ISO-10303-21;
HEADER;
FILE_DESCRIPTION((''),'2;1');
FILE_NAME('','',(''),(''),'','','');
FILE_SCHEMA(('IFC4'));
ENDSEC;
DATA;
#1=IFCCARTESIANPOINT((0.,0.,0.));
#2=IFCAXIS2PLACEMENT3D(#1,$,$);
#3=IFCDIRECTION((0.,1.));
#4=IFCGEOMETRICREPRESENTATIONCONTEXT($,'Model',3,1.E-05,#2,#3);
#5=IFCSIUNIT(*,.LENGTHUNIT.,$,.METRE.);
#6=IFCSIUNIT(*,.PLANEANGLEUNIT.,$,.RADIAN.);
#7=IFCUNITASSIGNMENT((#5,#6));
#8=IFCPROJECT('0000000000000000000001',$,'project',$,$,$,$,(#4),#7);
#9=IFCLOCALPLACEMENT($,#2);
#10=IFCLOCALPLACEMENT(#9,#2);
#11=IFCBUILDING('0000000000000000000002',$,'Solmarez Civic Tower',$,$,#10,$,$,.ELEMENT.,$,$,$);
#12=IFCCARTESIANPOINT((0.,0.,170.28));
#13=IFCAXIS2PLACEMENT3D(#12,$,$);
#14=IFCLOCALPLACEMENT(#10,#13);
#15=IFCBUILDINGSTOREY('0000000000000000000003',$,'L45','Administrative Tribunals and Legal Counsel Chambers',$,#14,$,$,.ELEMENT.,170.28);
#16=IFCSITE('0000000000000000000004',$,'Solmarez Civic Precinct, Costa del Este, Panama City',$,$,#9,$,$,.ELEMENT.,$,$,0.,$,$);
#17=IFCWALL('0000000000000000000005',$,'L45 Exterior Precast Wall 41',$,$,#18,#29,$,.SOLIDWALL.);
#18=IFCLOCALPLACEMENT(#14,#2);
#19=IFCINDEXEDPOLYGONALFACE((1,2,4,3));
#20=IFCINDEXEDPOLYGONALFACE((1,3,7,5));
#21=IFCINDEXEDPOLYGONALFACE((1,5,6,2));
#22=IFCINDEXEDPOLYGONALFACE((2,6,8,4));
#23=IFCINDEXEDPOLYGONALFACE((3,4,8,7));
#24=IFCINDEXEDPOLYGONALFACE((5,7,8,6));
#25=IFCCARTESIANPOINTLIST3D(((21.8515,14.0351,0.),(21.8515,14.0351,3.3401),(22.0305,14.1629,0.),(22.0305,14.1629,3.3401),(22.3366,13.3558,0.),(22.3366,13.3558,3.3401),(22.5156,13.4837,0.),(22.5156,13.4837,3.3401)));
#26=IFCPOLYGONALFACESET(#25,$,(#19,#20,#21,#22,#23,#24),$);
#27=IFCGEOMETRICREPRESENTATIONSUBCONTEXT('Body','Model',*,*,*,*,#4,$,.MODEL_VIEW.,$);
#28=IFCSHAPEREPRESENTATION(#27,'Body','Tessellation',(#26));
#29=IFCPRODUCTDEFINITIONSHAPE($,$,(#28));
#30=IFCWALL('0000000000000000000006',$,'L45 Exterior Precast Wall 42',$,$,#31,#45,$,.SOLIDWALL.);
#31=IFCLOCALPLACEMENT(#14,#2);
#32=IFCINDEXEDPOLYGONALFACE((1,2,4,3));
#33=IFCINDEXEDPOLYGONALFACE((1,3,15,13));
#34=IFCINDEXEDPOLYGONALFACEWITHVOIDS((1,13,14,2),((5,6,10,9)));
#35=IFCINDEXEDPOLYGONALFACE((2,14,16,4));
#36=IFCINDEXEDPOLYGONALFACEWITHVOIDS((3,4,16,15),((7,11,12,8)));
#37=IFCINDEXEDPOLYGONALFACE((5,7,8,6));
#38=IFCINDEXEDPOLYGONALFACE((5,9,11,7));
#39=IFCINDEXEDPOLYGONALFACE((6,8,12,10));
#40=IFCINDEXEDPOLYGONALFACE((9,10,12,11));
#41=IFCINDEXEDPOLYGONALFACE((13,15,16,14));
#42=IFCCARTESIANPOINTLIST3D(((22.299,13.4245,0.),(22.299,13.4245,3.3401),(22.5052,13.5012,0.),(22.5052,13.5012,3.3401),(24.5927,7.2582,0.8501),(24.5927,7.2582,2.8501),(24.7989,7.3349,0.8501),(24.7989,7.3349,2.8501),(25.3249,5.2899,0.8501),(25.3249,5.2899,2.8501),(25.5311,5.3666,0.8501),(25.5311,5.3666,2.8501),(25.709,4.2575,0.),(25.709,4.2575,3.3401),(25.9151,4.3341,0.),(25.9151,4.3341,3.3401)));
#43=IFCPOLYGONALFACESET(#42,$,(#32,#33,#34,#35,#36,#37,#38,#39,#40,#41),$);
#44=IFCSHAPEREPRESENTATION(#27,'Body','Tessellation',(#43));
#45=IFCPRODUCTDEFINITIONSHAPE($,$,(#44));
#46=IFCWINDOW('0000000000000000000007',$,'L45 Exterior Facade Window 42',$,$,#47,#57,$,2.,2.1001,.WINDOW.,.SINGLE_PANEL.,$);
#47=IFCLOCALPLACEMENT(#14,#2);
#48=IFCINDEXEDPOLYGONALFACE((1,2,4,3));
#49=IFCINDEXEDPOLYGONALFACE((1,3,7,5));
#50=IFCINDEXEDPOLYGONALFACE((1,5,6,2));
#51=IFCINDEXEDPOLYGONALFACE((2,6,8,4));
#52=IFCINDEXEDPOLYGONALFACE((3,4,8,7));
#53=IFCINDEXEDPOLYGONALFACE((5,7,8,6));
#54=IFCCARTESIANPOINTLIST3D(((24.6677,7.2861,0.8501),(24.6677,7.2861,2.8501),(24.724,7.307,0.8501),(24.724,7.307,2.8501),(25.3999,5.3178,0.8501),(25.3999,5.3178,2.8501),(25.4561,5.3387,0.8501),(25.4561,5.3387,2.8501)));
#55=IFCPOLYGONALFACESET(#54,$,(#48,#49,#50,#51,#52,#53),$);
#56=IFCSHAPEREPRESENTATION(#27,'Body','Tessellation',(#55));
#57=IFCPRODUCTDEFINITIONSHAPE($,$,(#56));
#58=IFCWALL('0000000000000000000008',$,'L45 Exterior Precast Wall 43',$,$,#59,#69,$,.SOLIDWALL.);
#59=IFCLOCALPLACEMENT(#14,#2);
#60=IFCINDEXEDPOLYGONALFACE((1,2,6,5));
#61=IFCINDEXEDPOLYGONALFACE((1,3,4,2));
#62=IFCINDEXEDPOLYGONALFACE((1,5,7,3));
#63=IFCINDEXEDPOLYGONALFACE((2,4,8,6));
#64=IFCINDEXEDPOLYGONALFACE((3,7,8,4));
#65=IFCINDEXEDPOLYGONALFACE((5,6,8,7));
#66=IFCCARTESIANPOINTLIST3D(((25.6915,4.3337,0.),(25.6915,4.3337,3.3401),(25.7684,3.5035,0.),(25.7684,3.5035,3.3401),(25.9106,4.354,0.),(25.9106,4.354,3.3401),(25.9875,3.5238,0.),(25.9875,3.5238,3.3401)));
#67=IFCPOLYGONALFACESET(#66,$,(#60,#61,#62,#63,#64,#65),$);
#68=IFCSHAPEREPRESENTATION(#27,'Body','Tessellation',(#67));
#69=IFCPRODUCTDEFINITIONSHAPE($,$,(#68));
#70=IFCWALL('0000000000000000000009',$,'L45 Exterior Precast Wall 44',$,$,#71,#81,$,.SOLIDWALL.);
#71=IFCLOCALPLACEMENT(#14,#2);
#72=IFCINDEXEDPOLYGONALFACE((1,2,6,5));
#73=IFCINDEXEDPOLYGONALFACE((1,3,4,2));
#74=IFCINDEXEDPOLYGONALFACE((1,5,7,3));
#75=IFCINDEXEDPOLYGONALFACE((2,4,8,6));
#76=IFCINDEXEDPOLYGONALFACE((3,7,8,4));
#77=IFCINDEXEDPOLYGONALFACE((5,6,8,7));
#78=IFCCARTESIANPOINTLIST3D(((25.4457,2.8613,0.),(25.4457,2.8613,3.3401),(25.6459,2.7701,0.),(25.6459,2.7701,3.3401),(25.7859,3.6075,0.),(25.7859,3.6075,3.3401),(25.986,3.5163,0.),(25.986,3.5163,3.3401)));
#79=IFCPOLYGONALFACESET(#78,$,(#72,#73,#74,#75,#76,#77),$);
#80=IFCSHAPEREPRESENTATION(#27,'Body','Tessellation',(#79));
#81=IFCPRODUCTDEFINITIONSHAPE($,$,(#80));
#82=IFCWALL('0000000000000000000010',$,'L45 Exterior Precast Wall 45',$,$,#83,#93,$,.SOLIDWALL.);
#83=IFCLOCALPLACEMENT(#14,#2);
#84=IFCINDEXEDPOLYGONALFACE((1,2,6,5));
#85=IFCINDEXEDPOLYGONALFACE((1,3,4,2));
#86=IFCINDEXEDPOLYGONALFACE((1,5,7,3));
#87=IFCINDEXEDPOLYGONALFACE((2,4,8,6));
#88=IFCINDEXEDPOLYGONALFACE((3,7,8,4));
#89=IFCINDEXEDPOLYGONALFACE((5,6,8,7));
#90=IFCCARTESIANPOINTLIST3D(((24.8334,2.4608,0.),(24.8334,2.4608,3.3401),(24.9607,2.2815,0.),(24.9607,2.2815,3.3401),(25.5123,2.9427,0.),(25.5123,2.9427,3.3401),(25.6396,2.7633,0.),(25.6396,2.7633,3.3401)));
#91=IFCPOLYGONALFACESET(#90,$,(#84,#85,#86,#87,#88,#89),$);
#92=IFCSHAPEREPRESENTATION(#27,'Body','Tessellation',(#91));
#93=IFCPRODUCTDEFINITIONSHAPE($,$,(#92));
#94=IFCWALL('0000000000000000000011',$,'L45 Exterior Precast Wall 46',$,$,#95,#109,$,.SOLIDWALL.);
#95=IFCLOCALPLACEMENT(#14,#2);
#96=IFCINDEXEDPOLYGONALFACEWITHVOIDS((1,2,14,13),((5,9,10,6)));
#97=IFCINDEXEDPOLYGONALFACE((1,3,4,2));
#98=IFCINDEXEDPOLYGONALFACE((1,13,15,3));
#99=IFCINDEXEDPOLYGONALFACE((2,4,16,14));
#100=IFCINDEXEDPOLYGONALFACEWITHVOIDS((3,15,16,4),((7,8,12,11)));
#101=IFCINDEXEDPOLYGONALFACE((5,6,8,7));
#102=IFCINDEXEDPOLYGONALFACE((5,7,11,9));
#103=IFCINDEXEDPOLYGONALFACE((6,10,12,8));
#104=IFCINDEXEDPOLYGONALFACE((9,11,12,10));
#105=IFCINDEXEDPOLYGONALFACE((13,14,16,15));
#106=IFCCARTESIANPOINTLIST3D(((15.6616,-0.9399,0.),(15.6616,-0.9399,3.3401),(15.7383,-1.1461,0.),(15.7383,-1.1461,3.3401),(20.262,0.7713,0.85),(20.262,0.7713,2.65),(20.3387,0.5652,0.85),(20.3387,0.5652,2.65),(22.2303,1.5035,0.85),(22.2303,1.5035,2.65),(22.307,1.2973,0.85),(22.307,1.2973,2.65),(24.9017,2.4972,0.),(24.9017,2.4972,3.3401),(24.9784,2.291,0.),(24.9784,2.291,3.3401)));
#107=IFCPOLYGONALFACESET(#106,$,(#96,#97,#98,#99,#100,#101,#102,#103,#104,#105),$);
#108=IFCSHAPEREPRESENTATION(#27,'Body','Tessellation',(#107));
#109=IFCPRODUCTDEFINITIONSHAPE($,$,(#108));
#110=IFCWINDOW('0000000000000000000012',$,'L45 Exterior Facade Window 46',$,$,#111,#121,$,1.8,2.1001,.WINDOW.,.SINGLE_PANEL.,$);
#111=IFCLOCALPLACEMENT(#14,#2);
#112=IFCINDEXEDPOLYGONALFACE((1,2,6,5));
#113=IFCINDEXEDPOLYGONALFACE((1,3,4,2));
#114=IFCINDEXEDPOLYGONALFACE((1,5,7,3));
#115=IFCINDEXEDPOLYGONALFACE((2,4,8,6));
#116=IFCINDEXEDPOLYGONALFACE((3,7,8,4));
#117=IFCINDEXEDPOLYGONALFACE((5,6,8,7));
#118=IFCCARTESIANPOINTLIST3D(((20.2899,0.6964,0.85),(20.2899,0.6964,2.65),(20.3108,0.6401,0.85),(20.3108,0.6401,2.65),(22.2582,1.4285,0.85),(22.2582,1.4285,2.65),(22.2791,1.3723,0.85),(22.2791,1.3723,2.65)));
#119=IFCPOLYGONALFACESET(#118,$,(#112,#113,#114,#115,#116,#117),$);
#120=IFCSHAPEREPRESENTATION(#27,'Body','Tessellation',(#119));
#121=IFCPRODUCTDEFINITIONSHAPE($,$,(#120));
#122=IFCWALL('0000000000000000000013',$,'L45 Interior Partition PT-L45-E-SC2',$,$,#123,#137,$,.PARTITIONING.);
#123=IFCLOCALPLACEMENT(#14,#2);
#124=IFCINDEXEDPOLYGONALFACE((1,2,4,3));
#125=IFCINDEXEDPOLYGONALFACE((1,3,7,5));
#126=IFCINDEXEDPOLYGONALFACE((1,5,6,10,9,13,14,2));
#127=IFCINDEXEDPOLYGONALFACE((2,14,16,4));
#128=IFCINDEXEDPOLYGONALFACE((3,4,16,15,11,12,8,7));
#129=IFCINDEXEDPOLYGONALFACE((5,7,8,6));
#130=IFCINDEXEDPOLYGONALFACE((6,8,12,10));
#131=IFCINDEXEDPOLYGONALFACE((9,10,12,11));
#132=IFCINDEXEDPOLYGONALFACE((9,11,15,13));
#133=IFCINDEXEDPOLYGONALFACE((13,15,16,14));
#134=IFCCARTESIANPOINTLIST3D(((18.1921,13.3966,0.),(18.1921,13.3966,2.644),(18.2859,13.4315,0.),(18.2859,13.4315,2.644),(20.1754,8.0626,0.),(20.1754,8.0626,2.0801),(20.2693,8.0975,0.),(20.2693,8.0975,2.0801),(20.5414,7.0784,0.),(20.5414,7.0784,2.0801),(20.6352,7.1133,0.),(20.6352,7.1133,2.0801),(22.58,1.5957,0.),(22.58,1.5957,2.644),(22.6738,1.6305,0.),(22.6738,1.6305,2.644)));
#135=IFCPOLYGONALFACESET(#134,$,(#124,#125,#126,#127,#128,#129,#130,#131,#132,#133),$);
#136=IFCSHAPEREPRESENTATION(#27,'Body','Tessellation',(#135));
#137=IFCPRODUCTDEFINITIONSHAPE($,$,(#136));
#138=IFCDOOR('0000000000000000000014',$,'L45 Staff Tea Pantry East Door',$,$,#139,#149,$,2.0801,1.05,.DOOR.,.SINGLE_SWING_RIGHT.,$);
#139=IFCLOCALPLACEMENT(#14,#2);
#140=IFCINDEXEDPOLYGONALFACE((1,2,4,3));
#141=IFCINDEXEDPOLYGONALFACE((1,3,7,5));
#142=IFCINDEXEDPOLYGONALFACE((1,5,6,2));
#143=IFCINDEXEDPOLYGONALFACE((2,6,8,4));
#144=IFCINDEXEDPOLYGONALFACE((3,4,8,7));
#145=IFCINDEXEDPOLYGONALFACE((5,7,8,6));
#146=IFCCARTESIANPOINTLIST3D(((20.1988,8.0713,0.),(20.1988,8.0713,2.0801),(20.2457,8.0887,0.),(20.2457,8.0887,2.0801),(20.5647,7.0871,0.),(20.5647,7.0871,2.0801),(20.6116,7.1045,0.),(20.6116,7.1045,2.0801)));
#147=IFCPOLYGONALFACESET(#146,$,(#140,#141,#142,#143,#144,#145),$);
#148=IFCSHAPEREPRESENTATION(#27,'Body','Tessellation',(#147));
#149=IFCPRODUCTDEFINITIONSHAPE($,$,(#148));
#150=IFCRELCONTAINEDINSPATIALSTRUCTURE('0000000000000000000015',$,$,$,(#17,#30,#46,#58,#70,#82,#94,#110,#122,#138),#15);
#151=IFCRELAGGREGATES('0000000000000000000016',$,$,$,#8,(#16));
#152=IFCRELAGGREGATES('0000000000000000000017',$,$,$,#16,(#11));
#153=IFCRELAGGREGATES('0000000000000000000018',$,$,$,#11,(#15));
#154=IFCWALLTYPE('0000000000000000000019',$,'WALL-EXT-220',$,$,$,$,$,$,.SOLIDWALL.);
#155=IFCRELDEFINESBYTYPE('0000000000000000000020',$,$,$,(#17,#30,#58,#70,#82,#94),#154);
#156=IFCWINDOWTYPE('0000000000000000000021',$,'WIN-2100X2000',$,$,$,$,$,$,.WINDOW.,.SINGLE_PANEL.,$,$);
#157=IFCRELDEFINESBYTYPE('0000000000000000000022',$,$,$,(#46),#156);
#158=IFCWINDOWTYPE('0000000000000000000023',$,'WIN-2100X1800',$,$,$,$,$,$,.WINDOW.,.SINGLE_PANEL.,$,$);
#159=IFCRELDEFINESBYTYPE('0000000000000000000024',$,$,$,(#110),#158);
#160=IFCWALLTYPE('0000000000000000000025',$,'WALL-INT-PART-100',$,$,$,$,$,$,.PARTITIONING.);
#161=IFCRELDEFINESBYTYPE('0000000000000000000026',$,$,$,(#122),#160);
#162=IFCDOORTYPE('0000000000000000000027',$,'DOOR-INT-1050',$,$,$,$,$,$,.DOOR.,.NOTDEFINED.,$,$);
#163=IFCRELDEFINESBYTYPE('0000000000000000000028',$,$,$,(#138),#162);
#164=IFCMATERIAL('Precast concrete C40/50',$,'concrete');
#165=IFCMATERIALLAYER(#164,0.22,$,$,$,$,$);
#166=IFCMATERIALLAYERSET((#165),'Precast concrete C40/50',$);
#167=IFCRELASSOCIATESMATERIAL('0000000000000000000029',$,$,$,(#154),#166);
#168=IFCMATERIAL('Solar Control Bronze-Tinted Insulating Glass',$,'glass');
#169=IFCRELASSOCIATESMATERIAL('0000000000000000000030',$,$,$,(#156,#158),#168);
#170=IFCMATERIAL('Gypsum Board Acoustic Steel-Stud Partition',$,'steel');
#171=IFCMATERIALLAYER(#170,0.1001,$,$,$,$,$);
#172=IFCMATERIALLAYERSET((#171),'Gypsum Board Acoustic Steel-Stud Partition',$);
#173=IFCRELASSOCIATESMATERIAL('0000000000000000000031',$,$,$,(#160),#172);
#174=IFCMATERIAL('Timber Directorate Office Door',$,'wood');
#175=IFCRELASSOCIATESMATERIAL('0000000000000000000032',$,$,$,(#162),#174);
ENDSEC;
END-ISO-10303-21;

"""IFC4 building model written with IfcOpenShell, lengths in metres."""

from ifc_helpers import new_model, si_unit, direction, frame, frame_2d, origin, place, context, subcontext, project, spatial, rectangle, extrude, material, layer, layer_set, type_object, element, fill, save


model = new_model("IFC4")

# Units and contexts
model_context = context("Model", 3, precision=1e-05, world=origin(), true_north=direction((0.0, 1.0)))
body_context = subcontext(model_context, "Body", "Model", "MODEL_VIEW")
ifc_project = project(units=[si_unit("LENGTHUNIT", "METRE"), si_unit("PLANEANGLEUNIT", "RADIAN")], contexts=[model_context])

# Site, building, storey
site_placement = place(None, origin())
site = spatial("IfcSite", under=ifc_project, at=site_placement, Name="Solmarez Civic Precinct, Costa del Este, Panama City", CompositionType="ELEMENT", RefElevation=0.0)
building_placement = place(site_placement, origin())
building = spatial("IfcBuilding", under=site, at=building_placement, Name="Solmarez Civic Tower", CompositionType="ELEMENT")
storey_placement = place(building_placement, frame((0.0, 0.0, 170.28)))
storey = spatial("IfcBuildingStorey", under=building, at=storey_placement, Name="L45", Description="Administrative Tribunals and Legal Counsel Chambers", CompositionType="ELEMENT", Elevation=170.28)

# Wall
ifc_material_1 = material(Name="Precast concrete C40/50", Category="concrete")
ifc_layer_1 = layer(ifc_material_1, 0.22)
ifc_layer_set_1 = layer_set([ifc_layer_1], Name="Precast concrete C40/50")
wall_type_1 = type_object("IfcWallType", Name="WALL-EXT-220", PredefinedType="SOLIDWALL", material=ifc_layer_set_1)
wall_1_placement = place(storey_placement, frame((21.9409, 14.0991, 0.0), z_axis=(0.0, 0.0, 1.0), x_axis=(0.581211, -0.813753, 0.0)))
element("IfcWall", 1, at=wall_1_placement, inside=storey, type_object=wall_type_1, Name="L45 Exterior Precast Wall 41", PredefinedType="SOLIDWALL", context=body_context, shape_type="SweptSolid", body=[
    extrude(rectangle(XDim=0.8347, YDim=0.22, at=frame_2d((0.4175, 0.0))), origin(), (0.0, 0.0, 1.0), 3.3401),
])

# Wall, opening, window
wall_2_placement = place(storey_placement, frame((22.4021, 13.4629, 0.0), z_axis=(0.0, 0.0, 1.0), x_axis=(0.348638, -0.937257, 0.0)))
wall_2 = element("IfcWall", 2, at=wall_2_placement, inside=storey, type_object=wall_type_1, Name="L45 Exterior Precast Wall 42", PredefinedType="SOLIDWALL", context=body_context, shape_type="SweptSolid", body=[
    extrude(rectangle(XDim=9.7808, YDim=0.22, at=frame_2d((4.8904, 0.0))), origin(), (0.0, 0.0, 1.0), 3.3401),
])
opening_1_placement = place(wall_2_placement, frame((6.5791, 0.0, 0.8501)))
opening_1 = element("IfcOpeningElement", 3, at=opening_1_placement, cuts=wall_2, PredefinedType="OPENING", context=body_context, shape_type="SweptSolid", body=[
    extrude(rectangle(XDim=2.1001, YDim=2.0, at=frame_2d((1.05, 1.0))), frame((0.0, 0.1199, 0.0), z_axis=(0.0, -1.0, 0.0), x_axis=(1.0, 0.0, 0.0)), (0.0, 0.0, 1.0), 0.24),
])
ifc_material_2 = material(Name="Solar Control Bronze-Tinted Insulating Glass", Category="glass")
window_type_1 = type_object("IfcWindowType", Name="WIN-2100X2000", PartitioningType="SINGLE_PANEL", PredefinedType="WINDOW", material=ifc_material_2)
window_1_placement = place(opening_1_placement, origin())
window_1 = element("IfcWindow", 4, at=window_1_placement, inside=storey, type_object=window_type_1, Name="L45 Exterior Facade Window 42", OverallHeight=2.0, OverallWidth=2.1001, PartitioningType="SINGLE_PANEL", PredefinedType="WINDOW", context=body_context, shape_type="SweptSolid", body=[
    extrude(rectangle(XDim=2.1001, YDim=2.0, at=frame_2d((1.05, 1.0))), frame((0.0, 0.03, 0.0), z_axis=(0.0, -1.0, 0.0), x_axis=(1.0, 0.0, 0.0)), (0.0, 0.0, 1.0), 0.0601),
])
fill(opening_1, window_1)

# Walls
wall_3_placement = place(storey_placement, frame((25.801, 4.344, 0.0), z_axis=(0.0, 0.0, 1.0), x_axis=(0.092252, -0.995736, 0.0)))
element("IfcWall", 5, at=wall_3_placement, inside=storey, type_object=wall_type_1, Name="L45 Exterior Precast Wall 43", PredefinedType="SOLIDWALL", context=body_context, shape_type="SweptSolid", body=[
    extrude(rectangle(XDim=0.8337, YDim=0.22, at=frame_2d((0.417, 0.0))), origin(), (0.0, 0.0, 1.0), 3.3401),
])
wall_4_placement = place(storey_placement, frame((25.886, 3.562, 0.0), z_axis=(0.0, 0.0, 1.0), x_axis=(-0.414767, -0.909927, 0.0)))
element("IfcWall", 6, at=wall_4_placement, inside=storey, type_object=wall_type_1, Name="L45 Exterior Precast Wall 44", PredefinedType="SOLIDWALL", context=body_context, shape_type="SweptSolid", body=[
    extrude(rectangle(XDim=0.8201, YDim=0.22, at=frame_2d((0.4102, 0.0))), origin(), (0.0, 0.0, 1.0), 3.3401),
])
wall_5_placement = place(storey_placement, frame((25.5759, 2.853, 0.0), z_axis=(0.0, 0.0, 1.0), x_axis=(-0.815454, -0.578822, 0.0)))
element("IfcWall", 7, at=wall_5_placement, inside=storey, type_object=wall_type_1, Name="L45 Exterior Precast Wall 45", PredefinedType="SOLIDWALL", context=body_context, shape_type="SweptSolid", body=[
    extrude(rectangle(XDim=0.8325, YDim=0.22, at=frame_2d((0.4163, 0.0))), origin(), (0.0, 0.0, 1.0), 3.3401),
])

# Wall, opening, window
wall_6_placement = place(storey_placement, frame((24.9399, 2.394, 0.0), z_axis=(0.0, 0.0, 1.0), x_axis=(-0.937259, -0.348634, 0.0)))
wall_6 = element("IfcWall", 8, at=wall_6_placement, inside=storey, type_object=wall_type_1, Name="L45 Exterior Precast Wall 46", PredefinedType="SOLIDWALL", context=body_context, shape_type="SweptSolid", body=[
    extrude(rectangle(XDim=9.8586, YDim=0.22, at=frame_2d((4.9292, 0.0))), origin(), (0.0, 0.0, 1.0), 3.3401),
])
opening_2_placement = place(wall_6_placement, frame((2.8501, 0.0, 0.8501)))
opening_2 = element("IfcOpeningElement", 9, at=opening_2_placement, cuts=wall_6, PredefinedType="OPENING", context=body_context, shape_type="SweptSolid", body=[
    extrude(rectangle(XDim=2.1001, YDim=1.8, at=frame_2d((1.05, 0.8999))), frame((0.0, 0.1199, 0.0), z_axis=(0.0, -1.0, 0.0), x_axis=(1.0, 0.0, 0.0)), (0.0, 0.0, 1.0), 0.24),
])
window_type_2 = type_object("IfcWindowType", Name="WIN-2100X1800", PartitioningType="SINGLE_PANEL", PredefinedType="WINDOW", material=ifc_material_2)
window_2_placement = place(opening_2_placement, origin())
window_2 = element("IfcWindow", 10, at=window_2_placement, inside=storey, type_object=window_type_2, Name="L45 Exterior Facade Window 46", OverallHeight=1.8, OverallWidth=2.1001, PartitioningType="SINGLE_PANEL", PredefinedType="WINDOW", context=body_context, shape_type="SweptSolid", body=[
    extrude(rectangle(XDim=2.1001, YDim=1.8, at=frame_2d((1.05, 0.8999))), frame((0.0, 0.03, 0.0), z_axis=(0.0, -1.0, 0.0), x_axis=(1.0, 0.0, 0.0)), (0.0, 0.0, 1.0), 0.0601),
])
fill(opening_2, window_2)

# Wall, opening, door
ifc_material_3 = material(Name="Gypsum Board Acoustic Steel-Stud Partition", Category="steel")
ifc_layer_2 = layer(ifc_material_3, 0.1001)
ifc_layer_set_2 = layer_set([ifc_layer_2], Name="Gypsum Board Acoustic Steel-Stud Partition")
wall_type_2 = type_object("IfcWallType", Name="WALL-INT-PART-100", PredefinedType="PARTITIONING", material=ifc_layer_set_2)
wall_7_placement = place(storey_placement, frame((18.239, 13.4141, 0.0), z_axis=(0.0, 0.0, 1.0), x_axis=(0.348515, -0.937303, 0.0)))
wall_7 = element("IfcWall", 11, at=wall_7_placement, inside=storey, type_object=wall_type_2, Name="L45 Interior Partition PT-L45-E-SC2", PredefinedType="PARTITIONING", context=body_context, shape_type="SweptSolid", body=[
    extrude(rectangle(XDim=12.5903, YDim=0.1001, at=frame_2d((6.2952, 0.0))), origin(), (0.0, 0.0, 1.0), 2.644),
])
opening_3_placement = place(wall_7_placement, frame((5.6909, 0.0, 0.0)))
opening_3 = element("IfcOpeningElement", 12, at=opening_3_placement, cuts=wall_7, PredefinedType="OPENING", context=body_context, shape_type="SweptSolid", body=[
    extrude(rectangle(XDim=1.05, YDim=2.0801, at=frame_2d((0.5249, 1.04))), frame((0.0, 0.0601, 0.0), z_axis=(0.0, -1.0, 0.0), x_axis=(1.0, 0.0, 0.0)), (0.0, 0.0, 1.0), 0.1201),
])
ifc_material_4 = material(Name="Timber Directorate Office Door", Category="wood")
door_type = type_object("IfcDoorType", Name="DOOR-INT-1050", OperationType="NOTDEFINED", PredefinedType="DOOR", material=ifc_material_4)
door_placement = place(opening_3_placement, origin())
door = element("IfcDoor", 13, at=door_placement, inside=storey, type_object=door_type, Name="L45 Staff Tea Pantry East Door", OperationType="SINGLE_SWING_RIGHT", OverallHeight=2.0801, OverallWidth=1.05, PredefinedType="DOOR", context=body_context, shape_type="SweptSolid", body=[
    extrude(rectangle(XDim=1.05, YDim=2.0801, at=frame_2d((0.5249, 1.04))), frame((0.0, 0.0249, 0.0), z_axis=(0.0, -1.0, 0.0), x_axis=(1.0, 0.0, 0.0)), (0.0, 0.0, 1.0), 0.05),
])
fill(opening_3, door)

save(model, "model.ifc")
